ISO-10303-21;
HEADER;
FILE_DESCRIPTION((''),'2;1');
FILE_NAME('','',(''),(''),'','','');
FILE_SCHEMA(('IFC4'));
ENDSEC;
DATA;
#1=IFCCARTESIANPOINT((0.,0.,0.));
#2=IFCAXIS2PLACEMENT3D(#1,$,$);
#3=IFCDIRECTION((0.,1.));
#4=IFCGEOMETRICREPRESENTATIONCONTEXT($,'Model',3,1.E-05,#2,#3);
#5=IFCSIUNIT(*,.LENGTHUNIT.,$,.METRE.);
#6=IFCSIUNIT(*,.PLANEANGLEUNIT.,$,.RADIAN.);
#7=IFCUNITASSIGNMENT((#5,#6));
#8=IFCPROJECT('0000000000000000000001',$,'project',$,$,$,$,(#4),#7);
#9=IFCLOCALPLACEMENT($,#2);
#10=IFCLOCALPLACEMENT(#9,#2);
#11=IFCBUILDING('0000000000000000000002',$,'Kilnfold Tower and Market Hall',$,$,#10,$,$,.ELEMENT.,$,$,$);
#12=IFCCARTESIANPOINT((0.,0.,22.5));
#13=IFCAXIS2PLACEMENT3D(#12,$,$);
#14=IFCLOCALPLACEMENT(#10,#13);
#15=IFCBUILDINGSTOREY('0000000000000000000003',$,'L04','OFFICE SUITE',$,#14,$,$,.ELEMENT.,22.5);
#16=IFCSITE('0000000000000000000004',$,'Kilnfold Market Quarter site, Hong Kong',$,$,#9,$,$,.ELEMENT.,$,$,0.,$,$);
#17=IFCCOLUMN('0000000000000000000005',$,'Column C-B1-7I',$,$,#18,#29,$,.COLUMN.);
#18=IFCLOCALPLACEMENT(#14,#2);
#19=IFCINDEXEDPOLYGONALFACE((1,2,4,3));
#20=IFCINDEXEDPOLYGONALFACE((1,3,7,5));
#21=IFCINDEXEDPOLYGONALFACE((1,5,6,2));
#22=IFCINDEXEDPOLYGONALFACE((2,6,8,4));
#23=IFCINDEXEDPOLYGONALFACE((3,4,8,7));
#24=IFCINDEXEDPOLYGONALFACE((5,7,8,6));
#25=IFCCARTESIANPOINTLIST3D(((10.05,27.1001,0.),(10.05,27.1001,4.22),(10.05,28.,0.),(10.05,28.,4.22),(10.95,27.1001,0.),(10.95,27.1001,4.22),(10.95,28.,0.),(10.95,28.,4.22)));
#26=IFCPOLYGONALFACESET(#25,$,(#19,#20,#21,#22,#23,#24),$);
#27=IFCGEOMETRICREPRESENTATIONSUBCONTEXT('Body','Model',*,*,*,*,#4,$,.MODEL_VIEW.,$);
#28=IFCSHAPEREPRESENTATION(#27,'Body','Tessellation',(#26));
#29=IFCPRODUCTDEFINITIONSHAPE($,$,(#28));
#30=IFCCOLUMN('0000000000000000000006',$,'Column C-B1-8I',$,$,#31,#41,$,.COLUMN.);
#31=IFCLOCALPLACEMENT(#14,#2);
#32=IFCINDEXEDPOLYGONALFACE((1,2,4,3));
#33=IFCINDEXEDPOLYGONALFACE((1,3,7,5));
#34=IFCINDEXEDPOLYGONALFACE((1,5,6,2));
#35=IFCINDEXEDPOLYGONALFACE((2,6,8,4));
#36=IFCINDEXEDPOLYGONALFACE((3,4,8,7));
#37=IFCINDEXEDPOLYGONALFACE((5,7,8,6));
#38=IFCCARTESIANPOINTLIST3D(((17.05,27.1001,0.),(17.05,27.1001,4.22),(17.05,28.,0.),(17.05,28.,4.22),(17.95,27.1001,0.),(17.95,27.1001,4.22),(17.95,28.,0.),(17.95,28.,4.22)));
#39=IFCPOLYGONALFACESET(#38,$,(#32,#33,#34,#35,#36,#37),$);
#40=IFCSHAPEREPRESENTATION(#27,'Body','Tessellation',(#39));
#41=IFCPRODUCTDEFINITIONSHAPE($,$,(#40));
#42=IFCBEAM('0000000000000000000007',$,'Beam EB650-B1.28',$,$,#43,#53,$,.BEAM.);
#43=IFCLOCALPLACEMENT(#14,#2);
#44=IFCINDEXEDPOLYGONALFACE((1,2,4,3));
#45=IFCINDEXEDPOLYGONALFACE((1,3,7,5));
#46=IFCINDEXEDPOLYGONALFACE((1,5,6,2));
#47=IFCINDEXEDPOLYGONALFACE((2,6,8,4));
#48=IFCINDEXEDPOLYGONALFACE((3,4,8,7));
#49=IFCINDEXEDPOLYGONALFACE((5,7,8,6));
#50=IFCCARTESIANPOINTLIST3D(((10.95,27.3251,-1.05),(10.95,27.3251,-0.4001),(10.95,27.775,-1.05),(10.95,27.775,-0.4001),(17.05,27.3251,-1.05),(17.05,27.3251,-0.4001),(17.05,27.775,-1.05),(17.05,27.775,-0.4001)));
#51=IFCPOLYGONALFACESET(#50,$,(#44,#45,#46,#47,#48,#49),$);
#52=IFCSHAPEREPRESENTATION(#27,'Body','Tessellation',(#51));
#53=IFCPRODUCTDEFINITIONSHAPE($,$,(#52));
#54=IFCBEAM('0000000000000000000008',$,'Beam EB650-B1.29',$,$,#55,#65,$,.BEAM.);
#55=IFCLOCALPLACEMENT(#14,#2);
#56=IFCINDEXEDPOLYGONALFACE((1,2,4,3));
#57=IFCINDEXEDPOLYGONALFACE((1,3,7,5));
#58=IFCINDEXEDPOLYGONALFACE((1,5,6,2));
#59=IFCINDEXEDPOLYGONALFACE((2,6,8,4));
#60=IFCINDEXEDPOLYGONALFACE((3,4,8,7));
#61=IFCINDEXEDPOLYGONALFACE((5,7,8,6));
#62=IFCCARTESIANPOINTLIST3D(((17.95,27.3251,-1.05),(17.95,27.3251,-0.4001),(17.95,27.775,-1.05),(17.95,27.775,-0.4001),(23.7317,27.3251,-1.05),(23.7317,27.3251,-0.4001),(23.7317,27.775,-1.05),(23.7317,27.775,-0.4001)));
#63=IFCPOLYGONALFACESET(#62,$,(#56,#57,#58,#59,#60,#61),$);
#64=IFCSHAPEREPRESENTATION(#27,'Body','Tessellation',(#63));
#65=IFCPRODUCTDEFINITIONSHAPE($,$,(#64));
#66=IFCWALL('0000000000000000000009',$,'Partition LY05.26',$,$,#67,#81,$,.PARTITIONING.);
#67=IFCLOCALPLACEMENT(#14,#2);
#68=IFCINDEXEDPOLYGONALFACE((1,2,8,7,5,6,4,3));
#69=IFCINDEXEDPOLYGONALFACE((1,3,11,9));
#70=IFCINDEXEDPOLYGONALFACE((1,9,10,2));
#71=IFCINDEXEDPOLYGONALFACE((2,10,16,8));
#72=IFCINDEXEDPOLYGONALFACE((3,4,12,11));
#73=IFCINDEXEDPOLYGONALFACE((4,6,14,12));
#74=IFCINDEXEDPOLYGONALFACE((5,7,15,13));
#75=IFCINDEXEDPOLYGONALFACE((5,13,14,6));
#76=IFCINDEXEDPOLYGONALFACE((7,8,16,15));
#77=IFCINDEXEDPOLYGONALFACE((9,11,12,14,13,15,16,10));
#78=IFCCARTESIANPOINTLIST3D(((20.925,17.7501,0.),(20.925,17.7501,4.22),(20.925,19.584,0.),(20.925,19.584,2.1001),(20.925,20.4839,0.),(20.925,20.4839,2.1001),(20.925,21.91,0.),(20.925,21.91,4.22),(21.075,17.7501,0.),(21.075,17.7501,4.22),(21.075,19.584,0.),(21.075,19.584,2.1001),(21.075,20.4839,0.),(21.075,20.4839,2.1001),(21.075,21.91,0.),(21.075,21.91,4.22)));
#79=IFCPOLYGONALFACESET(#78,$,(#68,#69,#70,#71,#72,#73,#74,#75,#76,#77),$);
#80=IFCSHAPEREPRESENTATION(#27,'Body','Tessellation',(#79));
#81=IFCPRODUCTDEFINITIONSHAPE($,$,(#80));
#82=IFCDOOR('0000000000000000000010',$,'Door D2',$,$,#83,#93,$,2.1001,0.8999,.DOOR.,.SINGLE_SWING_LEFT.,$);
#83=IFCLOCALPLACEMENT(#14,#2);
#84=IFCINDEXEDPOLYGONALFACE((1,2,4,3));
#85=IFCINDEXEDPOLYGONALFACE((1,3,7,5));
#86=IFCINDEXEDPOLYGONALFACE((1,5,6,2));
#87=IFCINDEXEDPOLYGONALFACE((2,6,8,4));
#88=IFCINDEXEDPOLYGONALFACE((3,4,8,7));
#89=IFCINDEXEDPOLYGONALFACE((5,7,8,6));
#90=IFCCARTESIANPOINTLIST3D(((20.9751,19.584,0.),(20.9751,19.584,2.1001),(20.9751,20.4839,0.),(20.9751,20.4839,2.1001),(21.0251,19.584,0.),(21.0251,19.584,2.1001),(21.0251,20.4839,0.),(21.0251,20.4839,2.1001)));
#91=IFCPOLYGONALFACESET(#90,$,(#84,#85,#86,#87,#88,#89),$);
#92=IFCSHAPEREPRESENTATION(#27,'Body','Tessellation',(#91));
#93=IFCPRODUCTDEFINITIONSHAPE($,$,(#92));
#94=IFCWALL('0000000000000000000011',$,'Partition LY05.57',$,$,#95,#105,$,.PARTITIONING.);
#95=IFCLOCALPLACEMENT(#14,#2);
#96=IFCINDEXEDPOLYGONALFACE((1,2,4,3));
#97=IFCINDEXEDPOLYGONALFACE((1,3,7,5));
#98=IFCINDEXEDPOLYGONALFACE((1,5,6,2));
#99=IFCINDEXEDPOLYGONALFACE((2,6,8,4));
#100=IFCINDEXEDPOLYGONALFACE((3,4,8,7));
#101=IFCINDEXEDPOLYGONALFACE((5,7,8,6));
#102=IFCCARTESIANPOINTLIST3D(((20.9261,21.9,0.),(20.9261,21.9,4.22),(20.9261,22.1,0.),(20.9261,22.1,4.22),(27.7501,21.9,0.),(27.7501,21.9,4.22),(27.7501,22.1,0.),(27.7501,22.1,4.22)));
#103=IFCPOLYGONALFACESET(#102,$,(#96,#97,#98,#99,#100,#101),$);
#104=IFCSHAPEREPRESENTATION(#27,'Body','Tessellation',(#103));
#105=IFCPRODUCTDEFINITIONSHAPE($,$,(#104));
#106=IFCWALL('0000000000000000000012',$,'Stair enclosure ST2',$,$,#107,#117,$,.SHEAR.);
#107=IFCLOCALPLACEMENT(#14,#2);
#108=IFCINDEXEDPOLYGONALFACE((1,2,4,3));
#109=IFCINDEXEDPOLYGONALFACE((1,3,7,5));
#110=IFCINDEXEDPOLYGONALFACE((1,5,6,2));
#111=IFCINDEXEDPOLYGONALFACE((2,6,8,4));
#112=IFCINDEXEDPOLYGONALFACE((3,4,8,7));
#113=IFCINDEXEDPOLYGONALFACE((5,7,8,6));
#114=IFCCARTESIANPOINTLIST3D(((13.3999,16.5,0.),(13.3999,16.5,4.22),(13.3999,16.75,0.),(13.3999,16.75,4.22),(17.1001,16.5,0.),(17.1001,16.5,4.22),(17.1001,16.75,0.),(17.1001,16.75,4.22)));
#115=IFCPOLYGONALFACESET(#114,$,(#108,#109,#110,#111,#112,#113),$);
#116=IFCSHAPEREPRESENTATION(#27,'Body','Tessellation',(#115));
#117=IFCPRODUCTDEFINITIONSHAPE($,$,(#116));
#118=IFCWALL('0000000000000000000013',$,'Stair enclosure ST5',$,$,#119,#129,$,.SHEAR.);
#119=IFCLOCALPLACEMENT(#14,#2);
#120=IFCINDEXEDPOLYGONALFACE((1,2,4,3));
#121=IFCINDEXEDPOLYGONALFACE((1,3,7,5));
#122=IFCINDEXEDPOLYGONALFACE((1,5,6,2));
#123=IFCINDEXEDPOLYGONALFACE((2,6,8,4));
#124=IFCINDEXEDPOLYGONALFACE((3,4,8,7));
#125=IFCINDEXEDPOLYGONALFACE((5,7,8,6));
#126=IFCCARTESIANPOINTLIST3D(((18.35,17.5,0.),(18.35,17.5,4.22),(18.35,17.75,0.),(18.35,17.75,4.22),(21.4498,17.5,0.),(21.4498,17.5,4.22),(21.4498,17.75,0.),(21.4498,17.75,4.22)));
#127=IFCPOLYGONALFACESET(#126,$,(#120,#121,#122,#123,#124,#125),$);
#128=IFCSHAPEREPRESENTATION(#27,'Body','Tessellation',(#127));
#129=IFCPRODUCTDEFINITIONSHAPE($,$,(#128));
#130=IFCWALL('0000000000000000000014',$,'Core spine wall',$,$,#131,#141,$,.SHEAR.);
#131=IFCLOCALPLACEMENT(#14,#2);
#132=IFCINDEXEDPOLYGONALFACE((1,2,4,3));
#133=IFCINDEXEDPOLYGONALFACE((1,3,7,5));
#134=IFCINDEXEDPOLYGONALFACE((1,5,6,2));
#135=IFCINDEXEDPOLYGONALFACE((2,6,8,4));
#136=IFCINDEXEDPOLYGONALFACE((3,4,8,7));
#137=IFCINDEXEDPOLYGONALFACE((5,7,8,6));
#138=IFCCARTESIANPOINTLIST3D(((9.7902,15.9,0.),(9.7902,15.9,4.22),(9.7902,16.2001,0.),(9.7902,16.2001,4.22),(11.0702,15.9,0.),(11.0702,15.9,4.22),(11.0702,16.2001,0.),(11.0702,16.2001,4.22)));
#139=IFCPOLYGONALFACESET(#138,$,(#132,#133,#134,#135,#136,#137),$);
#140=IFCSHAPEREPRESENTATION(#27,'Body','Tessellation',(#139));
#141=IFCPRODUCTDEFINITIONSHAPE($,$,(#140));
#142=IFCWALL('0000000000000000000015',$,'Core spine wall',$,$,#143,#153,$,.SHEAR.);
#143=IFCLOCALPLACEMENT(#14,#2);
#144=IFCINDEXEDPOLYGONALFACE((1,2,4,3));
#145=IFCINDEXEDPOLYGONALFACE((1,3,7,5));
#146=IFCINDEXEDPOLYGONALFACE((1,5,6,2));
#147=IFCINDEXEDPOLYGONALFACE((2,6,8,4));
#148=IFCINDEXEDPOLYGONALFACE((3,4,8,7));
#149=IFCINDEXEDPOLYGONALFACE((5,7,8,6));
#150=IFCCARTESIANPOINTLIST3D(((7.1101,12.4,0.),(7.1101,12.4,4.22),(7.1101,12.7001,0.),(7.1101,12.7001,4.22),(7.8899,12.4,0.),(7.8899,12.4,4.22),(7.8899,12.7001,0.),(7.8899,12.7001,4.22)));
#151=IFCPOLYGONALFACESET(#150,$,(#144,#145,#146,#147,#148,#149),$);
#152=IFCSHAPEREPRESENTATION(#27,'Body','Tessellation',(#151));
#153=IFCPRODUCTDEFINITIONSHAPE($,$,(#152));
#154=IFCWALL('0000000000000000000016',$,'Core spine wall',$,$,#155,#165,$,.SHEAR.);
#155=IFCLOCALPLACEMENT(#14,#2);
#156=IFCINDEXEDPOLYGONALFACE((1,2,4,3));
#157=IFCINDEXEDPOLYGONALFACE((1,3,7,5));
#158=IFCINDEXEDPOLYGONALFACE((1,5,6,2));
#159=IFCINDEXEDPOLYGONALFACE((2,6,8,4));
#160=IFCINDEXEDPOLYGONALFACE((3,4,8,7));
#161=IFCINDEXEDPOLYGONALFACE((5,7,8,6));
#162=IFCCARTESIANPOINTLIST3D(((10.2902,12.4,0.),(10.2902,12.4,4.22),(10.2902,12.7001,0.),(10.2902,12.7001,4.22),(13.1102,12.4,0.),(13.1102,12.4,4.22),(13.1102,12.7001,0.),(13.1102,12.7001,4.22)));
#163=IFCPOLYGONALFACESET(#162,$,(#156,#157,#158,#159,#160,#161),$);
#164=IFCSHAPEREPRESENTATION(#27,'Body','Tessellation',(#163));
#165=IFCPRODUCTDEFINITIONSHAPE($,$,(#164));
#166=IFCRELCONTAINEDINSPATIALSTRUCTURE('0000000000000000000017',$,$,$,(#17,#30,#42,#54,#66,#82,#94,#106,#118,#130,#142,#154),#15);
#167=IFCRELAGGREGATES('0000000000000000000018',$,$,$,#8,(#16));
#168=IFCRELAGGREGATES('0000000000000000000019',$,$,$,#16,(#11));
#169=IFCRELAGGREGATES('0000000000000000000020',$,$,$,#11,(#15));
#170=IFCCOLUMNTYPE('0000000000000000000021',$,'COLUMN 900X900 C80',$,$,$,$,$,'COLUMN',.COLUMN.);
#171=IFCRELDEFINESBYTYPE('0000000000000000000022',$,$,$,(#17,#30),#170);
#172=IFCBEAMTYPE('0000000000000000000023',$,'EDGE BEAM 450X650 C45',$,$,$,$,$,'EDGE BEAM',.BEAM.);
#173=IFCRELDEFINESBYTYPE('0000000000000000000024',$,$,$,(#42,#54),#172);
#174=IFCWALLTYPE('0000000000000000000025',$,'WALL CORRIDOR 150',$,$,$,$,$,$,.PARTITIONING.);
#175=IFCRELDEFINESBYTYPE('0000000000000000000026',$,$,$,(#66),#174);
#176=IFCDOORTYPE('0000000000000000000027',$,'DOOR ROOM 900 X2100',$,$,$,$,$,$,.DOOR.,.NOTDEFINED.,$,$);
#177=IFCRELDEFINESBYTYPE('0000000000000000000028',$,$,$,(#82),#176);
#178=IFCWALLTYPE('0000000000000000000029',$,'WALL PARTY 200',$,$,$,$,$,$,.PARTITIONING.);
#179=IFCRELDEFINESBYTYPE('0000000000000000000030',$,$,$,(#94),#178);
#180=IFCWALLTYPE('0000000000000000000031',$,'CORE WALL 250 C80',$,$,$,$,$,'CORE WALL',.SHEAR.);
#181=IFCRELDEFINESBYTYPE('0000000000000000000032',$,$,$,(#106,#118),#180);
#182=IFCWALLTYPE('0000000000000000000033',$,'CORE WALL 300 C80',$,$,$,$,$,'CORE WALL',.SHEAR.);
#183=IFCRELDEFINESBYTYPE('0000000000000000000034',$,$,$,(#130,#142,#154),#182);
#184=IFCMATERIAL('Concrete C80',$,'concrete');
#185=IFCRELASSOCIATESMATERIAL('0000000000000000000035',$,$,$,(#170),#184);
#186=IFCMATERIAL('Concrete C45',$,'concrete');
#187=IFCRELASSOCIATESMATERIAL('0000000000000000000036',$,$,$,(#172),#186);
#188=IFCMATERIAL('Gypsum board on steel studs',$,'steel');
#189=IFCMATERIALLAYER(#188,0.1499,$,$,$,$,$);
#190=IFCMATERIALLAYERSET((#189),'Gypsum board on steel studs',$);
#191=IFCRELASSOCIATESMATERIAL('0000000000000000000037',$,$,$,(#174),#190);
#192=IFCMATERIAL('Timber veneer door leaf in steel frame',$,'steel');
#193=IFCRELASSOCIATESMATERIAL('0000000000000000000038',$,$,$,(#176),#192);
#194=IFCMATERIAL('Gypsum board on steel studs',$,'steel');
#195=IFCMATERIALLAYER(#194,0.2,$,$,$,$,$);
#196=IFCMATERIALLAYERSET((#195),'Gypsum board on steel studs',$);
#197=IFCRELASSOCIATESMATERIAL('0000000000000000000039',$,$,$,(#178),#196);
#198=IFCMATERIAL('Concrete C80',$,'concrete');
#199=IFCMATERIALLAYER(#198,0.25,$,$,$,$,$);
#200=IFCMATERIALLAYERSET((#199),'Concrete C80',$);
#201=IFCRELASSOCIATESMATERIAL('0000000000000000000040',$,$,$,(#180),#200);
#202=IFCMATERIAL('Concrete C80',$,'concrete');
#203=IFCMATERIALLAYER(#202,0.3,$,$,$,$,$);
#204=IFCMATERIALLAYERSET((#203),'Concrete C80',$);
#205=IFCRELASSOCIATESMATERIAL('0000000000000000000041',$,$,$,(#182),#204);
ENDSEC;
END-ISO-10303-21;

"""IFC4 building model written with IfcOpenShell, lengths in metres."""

from ifc_helpers import new_model, si_unit, direction, frame, frame_2d, origin, origin_2d, place, context, subcontext, project, spatial, rectangle, extrude, source, transform, mapped, material, layer, layer_set, material_profile, profile_set, type_object, element, fill, save


model = new_model("IFC4")

# Units and contexts
model_context = context("Model", 3, precision=1e-05, world=origin(), true_north=direction((0.0, 1.0)))
body_context = subcontext(model_context, "Body", "Model", "MODEL_VIEW")
ifc_project = project(units=[si_unit("LENGTHUNIT", "METRE"), si_unit("PLANEANGLEUNIT", "RADIAN")], contexts=[model_context])

# Site, building, storey
site_placement = place(None, origin())
site = spatial("IfcSite", under=ifc_project, at=site_placement, Name="Kilnfold Market Quarter site, Hong Kong", CompositionType="ELEMENT", RefElevation=0.0)
building_placement = place(site_placement, origin())
building = spatial("IfcBuilding", under=site, at=building_placement, Name="Kilnfold Tower and Market Hall", CompositionType="ELEMENT")
storey_placement = place(building_placement, frame((0.0, 0.0, 22.5)))
storey = spatial("IfcBuildingStorey", under=building, at=storey_placement, Name="L04", Description="OFFICE SUITE", CompositionType="ELEMENT", Elevation=22.5)

# Columns
ifc_material_1 = material(Name="Concrete C80", Category="concrete")
ifc_material_profile_1 = material_profile(ifc_material_1, rectangle(XDim=0.8999, YDim=0.8999, at=origin_2d()), Name="RC 900x900")
ifc_profile_set_1 = profile_set([ifc_material_profile_1], Name="Concrete C80")
column_type = type_object("IfcColumnType", Name="COLUMN 900X900 C80", ElementType="COLUMN", PredefinedType="COLUMN", material=ifc_profile_set_1)
shared_shape_1 = source(origin(), body_context, "Body", "SweptSolid", [
    extrude(rectangle(XDim=0.8999, YDim=0.8999, at=origin_2d()), origin(), (0.0, 0.0, 1.0), 4.22),
])
for number, where, z_axis, x_axis, name in (
    (1, (10.5, 27.55, 0.0), (0.0, 0.0, 1.0), (1.0, 0.0, 0.0), "Column C-B1-7I"),
    (2, (17.5, 27.55, 0.0), (0.0, 0.0, 1.0), (1.0, 0.0, 0.0), "Column C-B1-8I"),
):
    element("IfcColumn", number, at=place(storey_placement, frame(where, z_axis=z_axis, x_axis=x_axis)), inside=storey, type_object=column_type, Name=name, PredefinedType="COLUMN", context=body_context, shape_type="MappedRepresentation", body=[
        mapped(shared_shape_1, transform((0.0, 0.0, 0.0))),
    ])

# Beams
ifc_material_2 = material(Name="Concrete C45", Category="concrete")
ifc_material_profile_2 = material_profile(ifc_material_2, rectangle(XDim=0.45, YDim=0.6499, at=origin_2d()), Name="RC 450x650")
ifc_profile_set_2 = profile_set([ifc_material_profile_2], Name="Concrete C45")
beam_type = type_object("IfcBeamType", Name="EDGE BEAM 450X650 C45", ElementType="EDGE BEAM", PredefinedType="BEAM", material=ifc_profile_set_2)
shared_shape_2 = source(origin(), body_context, "Body", "SweptSolid", [
    extrude(rectangle(XDim=0.45, YDim=0.6499, at=origin_2d()), origin(), (0.0, 0.0, 1.0), 6.1001),
])
beam_1_placement = place(storey_placement, frame((10.95, 27.55, -0.7251), z_axis=(1.0, 0.0, 0.0), x_axis=(0.0, 1.0, 0.0)))
element("IfcBeam", 3, at=beam_1_placement, inside=storey, type_object=beam_type, Name="Beam EB650-B1.28", PredefinedType="BEAM", context=body_context, shape_type="MappedRepresentation", body=[
    mapped(shared_shape_2, transform((0.0, 0.0, 0.0))),
])
shared_shape_3 = source(origin(), body_context, "Body", "SweptSolid", [
    extrude(rectangle(XDim=0.45, YDim=0.6499, at=origin_2d()), origin(), (0.0, 0.0, 1.0), 5.7817),
])
beam_2_placement = place(storey_placement, frame((17.95, 27.55, -0.7251), z_axis=(1.0, 0.0, 0.0), x_axis=(0.0, 1.0, 0.0)))
element("IfcBeam", 4, at=beam_2_placement, inside=storey, type_object=beam_type, Name="Beam EB650-B1.29", PredefinedType="BEAM", context=body_context, shape_type="MappedRepresentation", body=[
    mapped(shared_shape_3, transform((0.0, 0.0, 0.0))),
])

# Wall, opening, door
ifc_material_3 = material(Name="Gypsum board on steel studs", Category="steel")
ifc_layer_1 = layer(ifc_material_3, 0.1499)
ifc_layer_set_1 = layer_set([ifc_layer_1], Name="Gypsum board on steel studs")
wall_type_1 = type_object("IfcWallType", Name="WALL CORRIDOR 150", PredefinedType="PARTITIONING", material=ifc_layer_set_1)
wall_1_placement = place(storey_placement, frame((21.0, 17.75, 0.0), z_axis=(0.0, 0.0, 1.0), x_axis=(0.0, 1.0, 0.0)))
wall_1 = element("IfcWall", 5, at=wall_1_placement, inside=storey, type_object=wall_type_1, Name="Partition LY05.26", PredefinedType="PARTITIONING", context=body_context, shape_type="SweptSolid", body=[
    extrude(rectangle(XDim=4.1599, YDim=0.1499, at=frame_2d((2.0801, 0.0))), origin(), (0.0, 0.0, 1.0), 4.22),
])
opening_1_placement = place(wall_1_placement, frame((1.834, 0.0, 0.0)))
opening_1 = element("IfcOpeningElement", 6, at=opening_1_placement, cuts=wall_1, PredefinedType="OPENING", context=body_context, shape_type="SweptSolid", body=[
    extrude(rectangle(XDim=0.8999, YDim=2.1001, at=frame_2d((0.45, 1.05))), frame((0.0, 0.085, 0.0), z_axis=(0.0, -1.0, 0.0), x_axis=(1.0, 0.0, 0.0)), (0.0, 0.0, 1.0), 0.1699),
])
ifc_material_4 = material(Name="Timber veneer door leaf in steel frame", Category="steel")
door_type_1 = type_object("IfcDoorType", Name="DOOR ROOM 900 X2100", OperationType="NOTDEFINED", PredefinedType="DOOR", material=ifc_material_4)
door_1_placement = place(opening_1_placement, origin())
door_1 = element("IfcDoor", 7, at=door_1_placement, inside=storey, type_object=door_type_1, Name="Door D2", OperationType="SINGLE_SWING_LEFT", OverallHeight=2.1001, OverallWidth=0.8999, PredefinedType="DOOR", context=body_context, shape_type="SweptSolid", body=[
    extrude(rectangle(XDim=0.8999, YDim=2.1001, at=frame_2d((0.45, 1.05))), frame((0.0, 0.0249, 0.0), z_axis=(0.0, -1.0, 0.0), x_axis=(1.0, 0.0, 0.0)), (0.0, 0.0, 1.0), 0.05),
])
fill(opening_1, door_1)

# Walls
ifc_material_5 = material(Name="Gypsum board on steel studs", Category="steel")
ifc_layer_2 = layer(ifc_material_5, 0.2)
ifc_layer_set_2 = layer_set([ifc_layer_2], Name="Gypsum board on steel studs")
wall_type_2 = type_object("IfcWallType", Name="WALL PARTY 200", PredefinedType="PARTITIONING", material=ifc_layer_set_2)
wall_2_placement = place(storey_placement, frame((20.926, 22.0, 0.0), z_axis=(0.0, 0.0, 1.0), x_axis=(1.0, 0.0, 0.0)))
element("IfcWall", 8, at=wall_2_placement, inside=storey, type_object=wall_type_2, Name="Partition LY05.57", PredefinedType="PARTITIONING", context=body_context, shape_type="SweptSolid", body=[
    extrude(rectangle(XDim=6.824, YDim=0.2, at=frame_2d((3.4121, 0.0))), origin(), (0.0, 0.0, 1.0), 4.22),
])
ifc_material_6 = material(Name="Concrete C80", Category="concrete")
ifc_layer_3 = layer(ifc_material_6, 0.25)
ifc_layer_set_3 = layer_set([ifc_layer_3], Name="Concrete C80")
wall_type_3 = type_object("IfcWallType", Name="CORE WALL 250 C80", ElementType="CORE WALL", PredefinedType="SHEAR", material=ifc_layer_set_3)
shared_shape_4 = source(origin(), body_context, "Body", "SweptSolid", [
    extrude(rectangle(XDim=3.7002, YDim=0.25, at=frame_2d((1.8501, 0.0))), origin(), (0.0, 0.0, 1.0), 4.22),
])
wall_3_placement = place(storey_placement, frame((13.3999, 16.625, 0.0), z_axis=(0.0, 0.0, 1.0), x_axis=(1.0, 0.0, 0.0)))
element("IfcWall", 9, at=wall_3_placement, inside=storey, type_object=wall_type_3, Name="Stair enclosure ST2", PredefinedType="SHEAR", context=body_context, shape_type="MappedRepresentation", body=[
    mapped(shared_shape_4, transform((0.0, 0.0, 0.0))),
])
shared_shape_5 = source(origin(), body_context, "Body", "SweptSolid", [
    extrude(rectangle(XDim=3.0999, YDim=0.25, at=frame_2d((1.5498, 0.0))), origin(), (0.0, 0.0, 1.0), 4.22),
])
wall_4_placement = place(storey_placement, frame((18.3501, 17.625, 0.0), z_axis=(0.0, 0.0, 1.0), x_axis=(1.0, 0.0, 0.0)))
element("IfcWall", 10, at=wall_4_placement, inside=storey, type_object=wall_type_3, Name="Stair enclosure ST5", PredefinedType="SHEAR", context=body_context, shape_type="MappedRepresentation", body=[
    mapped(shared_shape_5, transform((0.0, 0.0, 0.0))),
])
ifc_material_7 = material(Name="Concrete C80", Category="concrete")
ifc_layer_4 = layer(ifc_material_7, 0.3)
ifc_layer_set_4 = layer_set([ifc_layer_4], Name="Concrete C80")
wall_type_4 = type_object("IfcWallType", Name="CORE WALL 300 C80", ElementType="CORE WALL", PredefinedType="SHEAR", material=ifc_layer_set_4)
shared_shape_6 = source(origin(), body_context, "Body", "SweptSolid", [
    extrude(rectangle(XDim=1.28, YDim=0.3, at=frame_2d((0.6401, 0.0))), origin(), (0.0, 0.0, 1.0), 4.22),
])
wall_5_placement = place(storey_placement, frame((9.79, 16.05, 0.0), z_axis=(0.0, 0.0, 1.0), x_axis=(1.0, 0.0, 0.0)))
element("IfcWall", 11, at=wall_5_placement, inside=storey, type_object=wall_type_4, Name="Core spine wall", PredefinedType="SHEAR", context=body_context, shape_type="MappedRepresentation", body=[
    mapped(shared_shape_6, transform((0.0, 0.0, 0.0))),
])
shared_shape_7 = source(origin(), body_context, "Body", "SweptSolid", [
    extrude(rectangle(XDim=0.7798, YDim=0.3, at=frame_2d((0.3899, 0.0))), origin(), (0.0, 0.0, 1.0), 4.22),
])
wall_6_placement = place(storey_placement, frame((7.1101, 12.55, 0.0), z_axis=(0.0, 0.0, 1.0), x_axis=(1.0, 0.0, 0.0)))
element("IfcWall", 12, at=wall_6_placement, inside=storey, type_object=wall_type_4, Name="Core spine wall", PredefinedType="SHEAR", context=body_context, shape_type="MappedRepresentation", body=[
    mapped(shared_shape_7, transform((0.0, 0.0, 0.0))),
])
shared_shape_8 = source(origin(), body_context, "Body", "SweptSolid", [
    extrude(rectangle(XDim=2.8201, YDim=0.3, at=frame_2d((1.4102, 0.0))), origin(), (0.0, 0.0, 1.0), 4.22),
])
wall_7_placement = place(storey_placement, frame((10.29, 12.55, 0.0), z_axis=(0.0, 0.0, 1.0), x_axis=(1.0, 0.0, 0.0)))
element("IfcWall", 13, at=wall_7_placement, inside=storey, type_object=wall_type_4, Name="Core spine wall", PredefinedType="SHEAR", context=body_context, shape_type="MappedRepresentation", body=[
    mapped(shared_shape_8, transform((0.0, 0.0, 0.0))),
])

save(model, "model.ifc")
